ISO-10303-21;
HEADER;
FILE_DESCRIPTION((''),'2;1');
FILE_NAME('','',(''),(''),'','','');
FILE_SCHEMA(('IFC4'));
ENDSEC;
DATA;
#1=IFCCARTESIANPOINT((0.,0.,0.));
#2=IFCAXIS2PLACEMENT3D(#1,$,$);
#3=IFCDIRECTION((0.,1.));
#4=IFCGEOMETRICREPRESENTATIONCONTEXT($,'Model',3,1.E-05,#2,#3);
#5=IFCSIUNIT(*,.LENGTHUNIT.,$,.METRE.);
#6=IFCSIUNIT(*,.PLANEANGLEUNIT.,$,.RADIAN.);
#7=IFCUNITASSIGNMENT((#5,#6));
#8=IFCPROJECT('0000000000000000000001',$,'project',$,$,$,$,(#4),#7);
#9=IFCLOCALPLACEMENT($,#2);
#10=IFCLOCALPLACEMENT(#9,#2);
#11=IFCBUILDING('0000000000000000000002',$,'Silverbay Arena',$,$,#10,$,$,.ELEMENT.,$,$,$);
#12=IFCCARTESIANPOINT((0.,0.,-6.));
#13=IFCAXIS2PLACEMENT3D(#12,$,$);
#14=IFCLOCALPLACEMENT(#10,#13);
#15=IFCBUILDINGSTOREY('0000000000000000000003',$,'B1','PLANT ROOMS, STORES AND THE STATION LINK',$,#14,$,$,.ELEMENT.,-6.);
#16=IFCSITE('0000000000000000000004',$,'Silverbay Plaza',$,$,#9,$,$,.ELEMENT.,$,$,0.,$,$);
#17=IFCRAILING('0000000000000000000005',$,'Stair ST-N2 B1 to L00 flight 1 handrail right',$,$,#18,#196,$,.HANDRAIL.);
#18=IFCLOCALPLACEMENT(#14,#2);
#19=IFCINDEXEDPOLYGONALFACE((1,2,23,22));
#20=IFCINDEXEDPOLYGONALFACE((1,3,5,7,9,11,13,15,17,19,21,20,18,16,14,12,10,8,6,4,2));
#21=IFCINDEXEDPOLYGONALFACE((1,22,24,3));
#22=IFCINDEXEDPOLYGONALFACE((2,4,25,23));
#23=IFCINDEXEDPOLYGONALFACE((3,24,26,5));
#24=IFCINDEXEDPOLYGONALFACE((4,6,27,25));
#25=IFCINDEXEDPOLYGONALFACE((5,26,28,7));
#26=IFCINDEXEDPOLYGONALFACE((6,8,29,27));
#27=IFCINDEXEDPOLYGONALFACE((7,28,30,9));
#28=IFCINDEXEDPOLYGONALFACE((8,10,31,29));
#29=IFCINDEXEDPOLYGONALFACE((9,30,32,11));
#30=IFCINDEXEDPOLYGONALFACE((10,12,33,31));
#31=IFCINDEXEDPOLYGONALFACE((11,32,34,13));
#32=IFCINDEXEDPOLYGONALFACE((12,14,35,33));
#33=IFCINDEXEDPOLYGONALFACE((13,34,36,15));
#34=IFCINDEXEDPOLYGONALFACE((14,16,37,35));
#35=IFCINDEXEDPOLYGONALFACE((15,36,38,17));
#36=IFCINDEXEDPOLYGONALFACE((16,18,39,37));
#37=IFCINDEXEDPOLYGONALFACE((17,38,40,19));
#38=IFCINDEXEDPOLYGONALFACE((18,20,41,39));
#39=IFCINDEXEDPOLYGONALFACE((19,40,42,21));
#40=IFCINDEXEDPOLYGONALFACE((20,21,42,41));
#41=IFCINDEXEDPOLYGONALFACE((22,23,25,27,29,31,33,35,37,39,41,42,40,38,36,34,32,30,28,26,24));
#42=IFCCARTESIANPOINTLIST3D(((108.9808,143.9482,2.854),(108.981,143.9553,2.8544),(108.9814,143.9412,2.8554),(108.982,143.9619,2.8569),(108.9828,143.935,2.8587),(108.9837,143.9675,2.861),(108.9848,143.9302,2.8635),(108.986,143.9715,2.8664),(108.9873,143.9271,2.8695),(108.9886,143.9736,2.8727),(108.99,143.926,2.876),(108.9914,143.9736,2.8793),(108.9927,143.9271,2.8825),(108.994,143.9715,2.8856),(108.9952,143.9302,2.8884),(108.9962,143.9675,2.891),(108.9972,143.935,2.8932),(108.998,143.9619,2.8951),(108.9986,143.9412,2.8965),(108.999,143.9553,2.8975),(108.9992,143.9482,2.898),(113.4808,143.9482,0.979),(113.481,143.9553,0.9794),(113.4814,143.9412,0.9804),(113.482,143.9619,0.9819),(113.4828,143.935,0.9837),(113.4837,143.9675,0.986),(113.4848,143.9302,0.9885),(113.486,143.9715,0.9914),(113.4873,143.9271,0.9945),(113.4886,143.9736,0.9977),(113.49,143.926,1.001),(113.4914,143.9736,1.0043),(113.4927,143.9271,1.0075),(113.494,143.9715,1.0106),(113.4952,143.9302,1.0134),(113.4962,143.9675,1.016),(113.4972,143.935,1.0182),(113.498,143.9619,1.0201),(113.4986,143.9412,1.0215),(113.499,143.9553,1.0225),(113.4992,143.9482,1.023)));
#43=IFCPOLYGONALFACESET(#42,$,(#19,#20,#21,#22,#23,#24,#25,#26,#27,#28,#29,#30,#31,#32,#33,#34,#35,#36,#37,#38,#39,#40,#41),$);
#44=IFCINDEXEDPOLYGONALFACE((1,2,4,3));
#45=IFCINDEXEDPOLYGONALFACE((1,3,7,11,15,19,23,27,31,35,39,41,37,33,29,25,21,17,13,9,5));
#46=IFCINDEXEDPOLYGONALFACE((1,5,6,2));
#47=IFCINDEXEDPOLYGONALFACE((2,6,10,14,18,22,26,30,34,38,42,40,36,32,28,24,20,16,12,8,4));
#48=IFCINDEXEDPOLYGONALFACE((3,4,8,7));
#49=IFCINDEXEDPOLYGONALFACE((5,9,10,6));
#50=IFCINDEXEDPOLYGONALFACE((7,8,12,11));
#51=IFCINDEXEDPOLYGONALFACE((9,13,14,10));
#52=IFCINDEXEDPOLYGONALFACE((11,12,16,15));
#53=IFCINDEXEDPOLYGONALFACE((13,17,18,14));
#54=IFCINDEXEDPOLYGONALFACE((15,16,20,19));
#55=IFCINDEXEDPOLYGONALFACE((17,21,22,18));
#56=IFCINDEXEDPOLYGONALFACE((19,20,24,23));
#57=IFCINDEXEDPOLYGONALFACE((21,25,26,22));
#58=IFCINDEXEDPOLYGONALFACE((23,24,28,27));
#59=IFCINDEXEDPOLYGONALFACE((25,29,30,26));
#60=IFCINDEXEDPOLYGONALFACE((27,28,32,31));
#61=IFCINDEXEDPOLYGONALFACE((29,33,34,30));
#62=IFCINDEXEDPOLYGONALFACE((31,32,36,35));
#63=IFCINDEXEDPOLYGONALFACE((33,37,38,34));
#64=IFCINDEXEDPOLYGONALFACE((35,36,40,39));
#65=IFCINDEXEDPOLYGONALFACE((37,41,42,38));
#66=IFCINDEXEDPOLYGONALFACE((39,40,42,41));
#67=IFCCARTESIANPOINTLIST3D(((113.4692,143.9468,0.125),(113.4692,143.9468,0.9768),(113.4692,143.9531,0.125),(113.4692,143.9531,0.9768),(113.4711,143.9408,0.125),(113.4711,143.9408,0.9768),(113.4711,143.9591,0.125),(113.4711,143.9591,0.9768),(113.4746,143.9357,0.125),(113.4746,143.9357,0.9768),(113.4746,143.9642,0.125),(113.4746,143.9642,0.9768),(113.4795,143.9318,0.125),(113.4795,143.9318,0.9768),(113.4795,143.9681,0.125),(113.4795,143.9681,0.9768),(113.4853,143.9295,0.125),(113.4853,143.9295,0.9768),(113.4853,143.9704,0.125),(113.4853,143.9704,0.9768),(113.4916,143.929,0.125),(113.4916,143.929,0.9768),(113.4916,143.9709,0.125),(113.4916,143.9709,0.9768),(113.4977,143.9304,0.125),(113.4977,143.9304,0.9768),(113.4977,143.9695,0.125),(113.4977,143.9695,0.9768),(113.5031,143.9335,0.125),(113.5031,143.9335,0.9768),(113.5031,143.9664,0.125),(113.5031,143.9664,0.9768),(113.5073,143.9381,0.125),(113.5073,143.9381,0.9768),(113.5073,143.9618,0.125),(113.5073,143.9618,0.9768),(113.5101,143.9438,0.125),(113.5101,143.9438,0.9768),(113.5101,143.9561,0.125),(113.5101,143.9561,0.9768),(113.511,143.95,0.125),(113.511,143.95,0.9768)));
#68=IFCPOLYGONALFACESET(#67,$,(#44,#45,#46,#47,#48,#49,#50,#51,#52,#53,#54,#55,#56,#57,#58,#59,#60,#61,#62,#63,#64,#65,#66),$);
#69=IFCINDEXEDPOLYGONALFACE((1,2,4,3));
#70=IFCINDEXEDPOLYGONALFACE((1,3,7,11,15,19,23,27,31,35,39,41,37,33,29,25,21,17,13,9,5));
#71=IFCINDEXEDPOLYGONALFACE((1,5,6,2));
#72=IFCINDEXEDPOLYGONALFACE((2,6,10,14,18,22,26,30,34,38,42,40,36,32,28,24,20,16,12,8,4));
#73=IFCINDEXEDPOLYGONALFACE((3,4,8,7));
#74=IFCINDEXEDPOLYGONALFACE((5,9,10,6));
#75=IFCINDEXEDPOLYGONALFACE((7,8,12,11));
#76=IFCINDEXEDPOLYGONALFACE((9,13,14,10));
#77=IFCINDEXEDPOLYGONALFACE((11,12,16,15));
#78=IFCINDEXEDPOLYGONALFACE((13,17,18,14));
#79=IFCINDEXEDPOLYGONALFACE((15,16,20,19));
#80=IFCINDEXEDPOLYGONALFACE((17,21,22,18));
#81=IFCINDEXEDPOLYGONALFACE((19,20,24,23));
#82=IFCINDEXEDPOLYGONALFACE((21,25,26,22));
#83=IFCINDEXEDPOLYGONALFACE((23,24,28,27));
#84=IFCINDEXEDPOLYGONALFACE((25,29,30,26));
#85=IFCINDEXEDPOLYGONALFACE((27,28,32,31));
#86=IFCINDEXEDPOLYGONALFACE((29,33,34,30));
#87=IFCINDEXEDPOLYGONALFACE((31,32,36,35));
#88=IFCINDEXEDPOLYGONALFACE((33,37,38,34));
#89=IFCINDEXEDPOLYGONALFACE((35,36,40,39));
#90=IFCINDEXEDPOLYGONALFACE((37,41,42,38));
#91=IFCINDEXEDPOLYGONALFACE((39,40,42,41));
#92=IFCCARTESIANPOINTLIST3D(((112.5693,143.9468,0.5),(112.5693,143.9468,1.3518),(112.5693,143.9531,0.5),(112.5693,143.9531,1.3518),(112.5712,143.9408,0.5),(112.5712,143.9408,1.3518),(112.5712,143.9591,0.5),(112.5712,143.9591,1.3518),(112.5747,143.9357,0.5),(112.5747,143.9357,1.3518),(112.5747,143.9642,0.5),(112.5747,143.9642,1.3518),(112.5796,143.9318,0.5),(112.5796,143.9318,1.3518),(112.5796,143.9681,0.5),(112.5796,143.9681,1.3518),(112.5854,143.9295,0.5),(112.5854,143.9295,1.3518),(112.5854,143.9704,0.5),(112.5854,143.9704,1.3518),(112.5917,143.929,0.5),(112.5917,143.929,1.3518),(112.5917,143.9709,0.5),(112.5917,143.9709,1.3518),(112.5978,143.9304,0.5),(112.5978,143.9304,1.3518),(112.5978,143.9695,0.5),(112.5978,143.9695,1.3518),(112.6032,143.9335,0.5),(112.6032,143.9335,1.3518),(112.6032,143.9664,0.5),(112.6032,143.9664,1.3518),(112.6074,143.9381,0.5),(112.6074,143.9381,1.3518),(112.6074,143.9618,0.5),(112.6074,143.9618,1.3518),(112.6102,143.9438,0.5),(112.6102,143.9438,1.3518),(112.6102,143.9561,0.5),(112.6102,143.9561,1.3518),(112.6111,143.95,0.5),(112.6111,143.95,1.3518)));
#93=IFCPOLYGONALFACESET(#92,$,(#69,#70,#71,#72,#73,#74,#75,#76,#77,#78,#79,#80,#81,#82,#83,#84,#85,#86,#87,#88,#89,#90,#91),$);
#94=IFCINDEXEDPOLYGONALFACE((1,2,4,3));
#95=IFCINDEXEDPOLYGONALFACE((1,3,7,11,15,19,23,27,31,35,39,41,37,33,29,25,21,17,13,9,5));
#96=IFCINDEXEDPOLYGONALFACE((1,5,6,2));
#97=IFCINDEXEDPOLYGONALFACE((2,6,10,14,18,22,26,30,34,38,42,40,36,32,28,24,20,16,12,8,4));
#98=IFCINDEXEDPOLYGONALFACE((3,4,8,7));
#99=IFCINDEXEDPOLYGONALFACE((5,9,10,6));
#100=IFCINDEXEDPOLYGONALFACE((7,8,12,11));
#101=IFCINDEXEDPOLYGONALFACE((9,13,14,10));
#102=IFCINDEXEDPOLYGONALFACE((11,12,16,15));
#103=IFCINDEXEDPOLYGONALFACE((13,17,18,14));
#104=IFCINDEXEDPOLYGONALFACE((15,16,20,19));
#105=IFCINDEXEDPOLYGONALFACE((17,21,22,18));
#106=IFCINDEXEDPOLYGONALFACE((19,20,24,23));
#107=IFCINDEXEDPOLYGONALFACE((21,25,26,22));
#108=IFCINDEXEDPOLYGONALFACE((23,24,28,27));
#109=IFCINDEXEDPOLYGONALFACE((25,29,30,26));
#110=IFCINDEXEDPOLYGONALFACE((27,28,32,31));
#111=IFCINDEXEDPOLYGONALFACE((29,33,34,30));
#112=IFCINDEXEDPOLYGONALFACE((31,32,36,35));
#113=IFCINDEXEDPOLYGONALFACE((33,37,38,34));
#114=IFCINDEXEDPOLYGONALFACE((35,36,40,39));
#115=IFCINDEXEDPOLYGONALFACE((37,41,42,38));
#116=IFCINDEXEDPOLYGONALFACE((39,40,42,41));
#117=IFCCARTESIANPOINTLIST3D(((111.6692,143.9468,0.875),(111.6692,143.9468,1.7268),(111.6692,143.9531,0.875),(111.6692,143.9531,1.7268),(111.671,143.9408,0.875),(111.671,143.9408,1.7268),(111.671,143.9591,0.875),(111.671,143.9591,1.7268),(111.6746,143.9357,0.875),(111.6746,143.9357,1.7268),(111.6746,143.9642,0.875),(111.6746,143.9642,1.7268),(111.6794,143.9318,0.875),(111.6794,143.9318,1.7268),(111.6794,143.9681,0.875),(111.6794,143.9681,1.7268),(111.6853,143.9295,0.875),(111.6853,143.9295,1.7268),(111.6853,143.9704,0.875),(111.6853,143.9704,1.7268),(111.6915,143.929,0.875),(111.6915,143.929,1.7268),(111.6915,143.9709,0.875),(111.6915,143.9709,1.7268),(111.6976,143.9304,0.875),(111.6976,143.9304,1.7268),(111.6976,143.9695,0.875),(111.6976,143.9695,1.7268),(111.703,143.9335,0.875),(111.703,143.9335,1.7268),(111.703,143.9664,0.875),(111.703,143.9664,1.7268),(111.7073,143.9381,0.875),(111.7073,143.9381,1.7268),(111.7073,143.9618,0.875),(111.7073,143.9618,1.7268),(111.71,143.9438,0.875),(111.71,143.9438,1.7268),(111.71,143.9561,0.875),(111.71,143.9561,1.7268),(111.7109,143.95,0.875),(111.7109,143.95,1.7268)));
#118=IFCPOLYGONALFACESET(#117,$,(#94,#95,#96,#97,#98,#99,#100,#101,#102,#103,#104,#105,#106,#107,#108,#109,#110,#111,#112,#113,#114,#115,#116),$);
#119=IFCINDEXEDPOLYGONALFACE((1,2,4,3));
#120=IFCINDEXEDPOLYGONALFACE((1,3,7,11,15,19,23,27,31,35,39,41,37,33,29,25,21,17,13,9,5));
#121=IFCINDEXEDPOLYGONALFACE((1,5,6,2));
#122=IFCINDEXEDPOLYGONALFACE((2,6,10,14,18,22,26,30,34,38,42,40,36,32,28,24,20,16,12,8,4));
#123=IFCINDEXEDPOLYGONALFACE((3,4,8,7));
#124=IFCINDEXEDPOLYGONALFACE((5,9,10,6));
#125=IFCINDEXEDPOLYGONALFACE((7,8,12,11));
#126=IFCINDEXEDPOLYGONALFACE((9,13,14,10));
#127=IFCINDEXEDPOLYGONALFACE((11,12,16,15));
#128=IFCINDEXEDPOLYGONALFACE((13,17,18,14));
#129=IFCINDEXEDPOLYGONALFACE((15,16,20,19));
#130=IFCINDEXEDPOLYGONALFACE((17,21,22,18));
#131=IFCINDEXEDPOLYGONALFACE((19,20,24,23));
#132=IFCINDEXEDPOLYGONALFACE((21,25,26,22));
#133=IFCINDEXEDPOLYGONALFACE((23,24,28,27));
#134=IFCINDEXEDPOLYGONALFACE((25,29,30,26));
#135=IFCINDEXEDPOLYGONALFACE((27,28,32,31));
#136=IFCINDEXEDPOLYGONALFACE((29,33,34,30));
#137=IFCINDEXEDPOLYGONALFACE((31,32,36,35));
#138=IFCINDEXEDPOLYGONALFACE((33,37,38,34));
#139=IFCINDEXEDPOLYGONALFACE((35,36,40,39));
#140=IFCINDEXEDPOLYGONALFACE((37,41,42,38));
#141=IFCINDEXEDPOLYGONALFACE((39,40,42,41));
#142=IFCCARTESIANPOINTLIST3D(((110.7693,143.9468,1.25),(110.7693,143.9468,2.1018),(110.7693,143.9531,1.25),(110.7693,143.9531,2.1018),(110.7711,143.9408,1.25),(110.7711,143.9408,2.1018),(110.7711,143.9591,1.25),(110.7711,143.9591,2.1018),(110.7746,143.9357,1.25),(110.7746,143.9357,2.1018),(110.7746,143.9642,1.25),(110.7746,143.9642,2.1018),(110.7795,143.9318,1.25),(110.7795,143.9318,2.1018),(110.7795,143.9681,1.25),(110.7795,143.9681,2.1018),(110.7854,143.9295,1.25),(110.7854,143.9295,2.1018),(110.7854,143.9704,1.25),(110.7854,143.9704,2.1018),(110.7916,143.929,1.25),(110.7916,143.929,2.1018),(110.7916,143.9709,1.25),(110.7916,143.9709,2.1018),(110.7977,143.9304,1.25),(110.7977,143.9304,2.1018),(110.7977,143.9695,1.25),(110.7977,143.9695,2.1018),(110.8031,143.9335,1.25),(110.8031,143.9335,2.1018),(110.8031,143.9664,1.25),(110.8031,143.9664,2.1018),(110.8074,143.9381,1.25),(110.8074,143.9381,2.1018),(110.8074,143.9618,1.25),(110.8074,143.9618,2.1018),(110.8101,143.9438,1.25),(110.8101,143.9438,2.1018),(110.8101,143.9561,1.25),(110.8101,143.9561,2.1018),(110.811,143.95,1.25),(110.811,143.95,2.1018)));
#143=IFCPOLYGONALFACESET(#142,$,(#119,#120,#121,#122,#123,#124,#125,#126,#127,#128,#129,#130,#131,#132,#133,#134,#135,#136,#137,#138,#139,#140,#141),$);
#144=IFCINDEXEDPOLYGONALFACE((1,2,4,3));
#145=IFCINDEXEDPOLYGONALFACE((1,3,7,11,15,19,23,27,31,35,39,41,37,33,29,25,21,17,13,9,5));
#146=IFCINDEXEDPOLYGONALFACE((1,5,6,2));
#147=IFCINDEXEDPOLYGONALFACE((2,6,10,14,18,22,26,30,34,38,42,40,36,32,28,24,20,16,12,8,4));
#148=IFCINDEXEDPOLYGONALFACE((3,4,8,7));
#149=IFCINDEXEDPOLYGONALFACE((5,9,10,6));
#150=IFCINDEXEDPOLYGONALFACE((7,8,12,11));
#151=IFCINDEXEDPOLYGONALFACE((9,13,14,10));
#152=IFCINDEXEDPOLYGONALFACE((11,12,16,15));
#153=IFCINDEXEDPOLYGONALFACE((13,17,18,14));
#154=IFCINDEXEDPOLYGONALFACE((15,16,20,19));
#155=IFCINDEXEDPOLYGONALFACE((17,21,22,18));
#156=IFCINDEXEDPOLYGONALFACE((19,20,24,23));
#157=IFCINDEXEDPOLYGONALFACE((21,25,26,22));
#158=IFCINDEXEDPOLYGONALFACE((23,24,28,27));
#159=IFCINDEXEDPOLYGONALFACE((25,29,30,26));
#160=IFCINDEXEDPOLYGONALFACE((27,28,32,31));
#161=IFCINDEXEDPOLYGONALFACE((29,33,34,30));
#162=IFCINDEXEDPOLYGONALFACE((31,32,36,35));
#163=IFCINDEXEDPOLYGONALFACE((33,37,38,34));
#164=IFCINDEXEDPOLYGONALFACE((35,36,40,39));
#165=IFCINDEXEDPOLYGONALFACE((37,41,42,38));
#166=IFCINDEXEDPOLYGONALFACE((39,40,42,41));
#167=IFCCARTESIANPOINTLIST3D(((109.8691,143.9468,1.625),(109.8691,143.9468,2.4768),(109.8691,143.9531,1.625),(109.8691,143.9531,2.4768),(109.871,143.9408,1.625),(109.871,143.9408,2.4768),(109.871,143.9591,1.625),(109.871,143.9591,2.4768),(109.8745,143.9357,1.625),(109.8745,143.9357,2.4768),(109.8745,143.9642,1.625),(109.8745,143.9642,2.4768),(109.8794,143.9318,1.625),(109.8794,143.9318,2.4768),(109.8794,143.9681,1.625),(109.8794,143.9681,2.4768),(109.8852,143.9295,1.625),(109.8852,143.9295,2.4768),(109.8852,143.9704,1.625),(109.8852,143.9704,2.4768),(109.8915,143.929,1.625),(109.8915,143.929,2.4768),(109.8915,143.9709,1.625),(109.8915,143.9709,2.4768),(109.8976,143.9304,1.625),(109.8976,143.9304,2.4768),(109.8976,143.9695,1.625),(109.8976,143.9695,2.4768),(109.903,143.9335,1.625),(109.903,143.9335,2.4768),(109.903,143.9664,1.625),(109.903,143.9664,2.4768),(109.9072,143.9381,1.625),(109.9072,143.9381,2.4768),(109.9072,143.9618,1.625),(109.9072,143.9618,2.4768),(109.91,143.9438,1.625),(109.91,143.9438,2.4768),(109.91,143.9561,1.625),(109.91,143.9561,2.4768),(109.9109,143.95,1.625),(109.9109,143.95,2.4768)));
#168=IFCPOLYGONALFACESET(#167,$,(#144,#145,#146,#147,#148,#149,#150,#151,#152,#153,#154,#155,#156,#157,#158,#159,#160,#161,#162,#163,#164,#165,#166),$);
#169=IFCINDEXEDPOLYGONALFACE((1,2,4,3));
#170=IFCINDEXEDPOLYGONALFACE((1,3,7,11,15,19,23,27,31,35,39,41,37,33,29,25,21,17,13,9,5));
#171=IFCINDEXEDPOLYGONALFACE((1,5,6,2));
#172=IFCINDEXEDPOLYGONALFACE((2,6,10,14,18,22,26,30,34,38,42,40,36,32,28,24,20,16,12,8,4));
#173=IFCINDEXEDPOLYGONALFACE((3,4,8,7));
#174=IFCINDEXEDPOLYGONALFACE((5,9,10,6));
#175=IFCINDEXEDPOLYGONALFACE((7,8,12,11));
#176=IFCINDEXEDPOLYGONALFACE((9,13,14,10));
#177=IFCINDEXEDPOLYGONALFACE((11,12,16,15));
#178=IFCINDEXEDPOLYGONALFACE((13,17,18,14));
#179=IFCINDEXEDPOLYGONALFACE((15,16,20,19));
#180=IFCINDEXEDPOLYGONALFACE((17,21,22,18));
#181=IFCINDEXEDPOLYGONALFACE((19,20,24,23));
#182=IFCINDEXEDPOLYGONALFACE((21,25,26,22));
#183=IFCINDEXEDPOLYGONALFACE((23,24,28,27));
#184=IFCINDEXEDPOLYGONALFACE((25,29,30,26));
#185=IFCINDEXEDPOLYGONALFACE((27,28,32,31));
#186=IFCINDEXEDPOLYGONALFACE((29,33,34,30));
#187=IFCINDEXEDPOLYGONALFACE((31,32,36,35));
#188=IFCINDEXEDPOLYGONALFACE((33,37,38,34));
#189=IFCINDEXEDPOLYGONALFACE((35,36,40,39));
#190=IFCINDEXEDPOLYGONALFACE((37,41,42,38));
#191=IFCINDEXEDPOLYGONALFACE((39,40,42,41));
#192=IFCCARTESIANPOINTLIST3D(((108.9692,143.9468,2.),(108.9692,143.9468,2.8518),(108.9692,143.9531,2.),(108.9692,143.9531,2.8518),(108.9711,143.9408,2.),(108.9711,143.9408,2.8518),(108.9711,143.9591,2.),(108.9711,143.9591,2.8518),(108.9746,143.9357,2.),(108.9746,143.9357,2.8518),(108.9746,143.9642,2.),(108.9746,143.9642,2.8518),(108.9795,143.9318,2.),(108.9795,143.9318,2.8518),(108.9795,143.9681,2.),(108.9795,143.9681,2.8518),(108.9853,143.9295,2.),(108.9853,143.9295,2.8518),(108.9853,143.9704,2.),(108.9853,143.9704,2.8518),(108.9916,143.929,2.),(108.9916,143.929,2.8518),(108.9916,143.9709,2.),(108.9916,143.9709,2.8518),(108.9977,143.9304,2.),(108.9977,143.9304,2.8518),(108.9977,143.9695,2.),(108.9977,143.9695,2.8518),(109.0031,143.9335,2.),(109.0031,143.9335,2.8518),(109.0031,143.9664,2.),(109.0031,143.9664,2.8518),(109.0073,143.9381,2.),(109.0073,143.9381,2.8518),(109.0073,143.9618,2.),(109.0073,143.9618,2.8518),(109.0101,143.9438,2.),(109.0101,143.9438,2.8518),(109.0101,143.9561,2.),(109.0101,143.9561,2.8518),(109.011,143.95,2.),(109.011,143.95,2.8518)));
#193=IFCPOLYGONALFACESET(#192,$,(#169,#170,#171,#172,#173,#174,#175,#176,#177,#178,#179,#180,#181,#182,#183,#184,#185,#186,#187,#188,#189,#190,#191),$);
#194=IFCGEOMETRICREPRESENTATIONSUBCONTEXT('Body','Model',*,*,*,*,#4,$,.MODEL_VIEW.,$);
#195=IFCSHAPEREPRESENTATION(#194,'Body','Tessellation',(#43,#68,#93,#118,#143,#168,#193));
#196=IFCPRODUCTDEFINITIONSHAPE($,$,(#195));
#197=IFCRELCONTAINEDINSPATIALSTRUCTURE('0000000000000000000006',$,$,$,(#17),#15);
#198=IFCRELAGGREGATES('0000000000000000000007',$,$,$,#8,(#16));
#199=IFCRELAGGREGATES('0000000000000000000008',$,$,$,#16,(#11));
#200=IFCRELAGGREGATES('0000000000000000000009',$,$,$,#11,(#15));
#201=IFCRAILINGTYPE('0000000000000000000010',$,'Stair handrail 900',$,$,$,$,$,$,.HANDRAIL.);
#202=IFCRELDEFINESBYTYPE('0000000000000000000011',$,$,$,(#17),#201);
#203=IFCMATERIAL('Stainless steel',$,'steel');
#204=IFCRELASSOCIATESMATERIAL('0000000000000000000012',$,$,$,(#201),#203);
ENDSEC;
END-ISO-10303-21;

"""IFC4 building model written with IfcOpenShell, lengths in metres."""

from ifc_helpers import new_model, si_unit, direction, frame, origin, origin_2d, place, context, subcontext, project, spatial, circle, extrude, material, type_object, element, save


model = new_model("IFC4")

# Units and contexts
model_context = context("Model", 3, precision=1e-05, world=origin(), true_north=direction((0.0, 1.0)))
body_context = subcontext(model_context, "Body", "Model", "MODEL_VIEW")
ifc_project = project(units=[si_unit("LENGTHUNIT", "METRE"), si_unit("PLANEANGLEUNIT", "RADIAN")], contexts=[model_context])

# Site, building, storey
site_placement = place(None, origin())
site = spatial("IfcSite", under=ifc_project, at=site_placement, Name="Silverbay Plaza", CompositionType="ELEMENT", RefElevation=0.0)
building_placement = place(site_placement, origin())
building = spatial("IfcBuilding", under=site, at=building_placement, Name="Silverbay Arena", CompositionType="ELEMENT")
storey_placement = place(building_placement, frame((0.0, 0.0, -6.0)))
storey = spatial("IfcBuildingStorey", under=building, at=storey_placement, Name="B1", Description="PLANT ROOMS, STORES AND THE STATION LINK", CompositionType="ELEMENT", Elevation=-6.0)

# Railing
ifc_material_1 = material(Name="Stainless steel", Category="steel")
railing_type_1 = type_object("IfcRailingType", Name="Stair handrail 900", PredefinedType="HANDRAIL", material=ifc_material_1)
for number, where, name in (
    (1, (113.49, 143.95, 0.125), "Stair ST-N2 B1 to L00 flight 1 handrail right"),
):
    element("IfcRailing", number, at=place(storey_placement, frame(where)), inside=storey, type_object=railing_type_1, Name=name, PredefinedType="HANDRAIL", context=body_context, shape_type="SweptSolid", body=[
        extrude(circle(Radius=0.0239, at=origin_2d()), frame((0.0, 0.0, 0.876), z_axis=(-0.923077, 0.0, 0.384615), x_axis=(0.0, -1.0, 0.0)), (0.0, 0.0, 1.0), 4.875),
        extrude(circle(Radius=0.021, at=origin_2d()), origin(), (0.0, 0.0, 1.0), 0.8518),
        extrude(circle(Radius=0.021, at=origin_2d()), frame((-0.8999, 0.0, 0.375)), (0.0, 0.0, 1.0), 0.8518),
        extrude(circle(Radius=0.021, at=origin_2d()), frame((-1.8, 0.0, 0.75)), (0.0, 0.0, 1.0), 0.8518),
        extrude(circle(Radius=0.021, at=origin_2d()), frame((-2.7, 0.0, 1.125)), (0.0, 0.0, 1.0), 0.8518),
        extrude(circle(Radius=0.021, at=origin_2d()), frame((-3.6001, 0.0, 1.5)), (0.0, 0.0, 1.0), 0.8518),
        extrude(circle(Radius=0.021, at=origin_2d()), frame((-4.5, 0.0, 1.875)), (0.0, 0.0, 1.0), 0.8518),
    ])

save(model, "model.ifc")
